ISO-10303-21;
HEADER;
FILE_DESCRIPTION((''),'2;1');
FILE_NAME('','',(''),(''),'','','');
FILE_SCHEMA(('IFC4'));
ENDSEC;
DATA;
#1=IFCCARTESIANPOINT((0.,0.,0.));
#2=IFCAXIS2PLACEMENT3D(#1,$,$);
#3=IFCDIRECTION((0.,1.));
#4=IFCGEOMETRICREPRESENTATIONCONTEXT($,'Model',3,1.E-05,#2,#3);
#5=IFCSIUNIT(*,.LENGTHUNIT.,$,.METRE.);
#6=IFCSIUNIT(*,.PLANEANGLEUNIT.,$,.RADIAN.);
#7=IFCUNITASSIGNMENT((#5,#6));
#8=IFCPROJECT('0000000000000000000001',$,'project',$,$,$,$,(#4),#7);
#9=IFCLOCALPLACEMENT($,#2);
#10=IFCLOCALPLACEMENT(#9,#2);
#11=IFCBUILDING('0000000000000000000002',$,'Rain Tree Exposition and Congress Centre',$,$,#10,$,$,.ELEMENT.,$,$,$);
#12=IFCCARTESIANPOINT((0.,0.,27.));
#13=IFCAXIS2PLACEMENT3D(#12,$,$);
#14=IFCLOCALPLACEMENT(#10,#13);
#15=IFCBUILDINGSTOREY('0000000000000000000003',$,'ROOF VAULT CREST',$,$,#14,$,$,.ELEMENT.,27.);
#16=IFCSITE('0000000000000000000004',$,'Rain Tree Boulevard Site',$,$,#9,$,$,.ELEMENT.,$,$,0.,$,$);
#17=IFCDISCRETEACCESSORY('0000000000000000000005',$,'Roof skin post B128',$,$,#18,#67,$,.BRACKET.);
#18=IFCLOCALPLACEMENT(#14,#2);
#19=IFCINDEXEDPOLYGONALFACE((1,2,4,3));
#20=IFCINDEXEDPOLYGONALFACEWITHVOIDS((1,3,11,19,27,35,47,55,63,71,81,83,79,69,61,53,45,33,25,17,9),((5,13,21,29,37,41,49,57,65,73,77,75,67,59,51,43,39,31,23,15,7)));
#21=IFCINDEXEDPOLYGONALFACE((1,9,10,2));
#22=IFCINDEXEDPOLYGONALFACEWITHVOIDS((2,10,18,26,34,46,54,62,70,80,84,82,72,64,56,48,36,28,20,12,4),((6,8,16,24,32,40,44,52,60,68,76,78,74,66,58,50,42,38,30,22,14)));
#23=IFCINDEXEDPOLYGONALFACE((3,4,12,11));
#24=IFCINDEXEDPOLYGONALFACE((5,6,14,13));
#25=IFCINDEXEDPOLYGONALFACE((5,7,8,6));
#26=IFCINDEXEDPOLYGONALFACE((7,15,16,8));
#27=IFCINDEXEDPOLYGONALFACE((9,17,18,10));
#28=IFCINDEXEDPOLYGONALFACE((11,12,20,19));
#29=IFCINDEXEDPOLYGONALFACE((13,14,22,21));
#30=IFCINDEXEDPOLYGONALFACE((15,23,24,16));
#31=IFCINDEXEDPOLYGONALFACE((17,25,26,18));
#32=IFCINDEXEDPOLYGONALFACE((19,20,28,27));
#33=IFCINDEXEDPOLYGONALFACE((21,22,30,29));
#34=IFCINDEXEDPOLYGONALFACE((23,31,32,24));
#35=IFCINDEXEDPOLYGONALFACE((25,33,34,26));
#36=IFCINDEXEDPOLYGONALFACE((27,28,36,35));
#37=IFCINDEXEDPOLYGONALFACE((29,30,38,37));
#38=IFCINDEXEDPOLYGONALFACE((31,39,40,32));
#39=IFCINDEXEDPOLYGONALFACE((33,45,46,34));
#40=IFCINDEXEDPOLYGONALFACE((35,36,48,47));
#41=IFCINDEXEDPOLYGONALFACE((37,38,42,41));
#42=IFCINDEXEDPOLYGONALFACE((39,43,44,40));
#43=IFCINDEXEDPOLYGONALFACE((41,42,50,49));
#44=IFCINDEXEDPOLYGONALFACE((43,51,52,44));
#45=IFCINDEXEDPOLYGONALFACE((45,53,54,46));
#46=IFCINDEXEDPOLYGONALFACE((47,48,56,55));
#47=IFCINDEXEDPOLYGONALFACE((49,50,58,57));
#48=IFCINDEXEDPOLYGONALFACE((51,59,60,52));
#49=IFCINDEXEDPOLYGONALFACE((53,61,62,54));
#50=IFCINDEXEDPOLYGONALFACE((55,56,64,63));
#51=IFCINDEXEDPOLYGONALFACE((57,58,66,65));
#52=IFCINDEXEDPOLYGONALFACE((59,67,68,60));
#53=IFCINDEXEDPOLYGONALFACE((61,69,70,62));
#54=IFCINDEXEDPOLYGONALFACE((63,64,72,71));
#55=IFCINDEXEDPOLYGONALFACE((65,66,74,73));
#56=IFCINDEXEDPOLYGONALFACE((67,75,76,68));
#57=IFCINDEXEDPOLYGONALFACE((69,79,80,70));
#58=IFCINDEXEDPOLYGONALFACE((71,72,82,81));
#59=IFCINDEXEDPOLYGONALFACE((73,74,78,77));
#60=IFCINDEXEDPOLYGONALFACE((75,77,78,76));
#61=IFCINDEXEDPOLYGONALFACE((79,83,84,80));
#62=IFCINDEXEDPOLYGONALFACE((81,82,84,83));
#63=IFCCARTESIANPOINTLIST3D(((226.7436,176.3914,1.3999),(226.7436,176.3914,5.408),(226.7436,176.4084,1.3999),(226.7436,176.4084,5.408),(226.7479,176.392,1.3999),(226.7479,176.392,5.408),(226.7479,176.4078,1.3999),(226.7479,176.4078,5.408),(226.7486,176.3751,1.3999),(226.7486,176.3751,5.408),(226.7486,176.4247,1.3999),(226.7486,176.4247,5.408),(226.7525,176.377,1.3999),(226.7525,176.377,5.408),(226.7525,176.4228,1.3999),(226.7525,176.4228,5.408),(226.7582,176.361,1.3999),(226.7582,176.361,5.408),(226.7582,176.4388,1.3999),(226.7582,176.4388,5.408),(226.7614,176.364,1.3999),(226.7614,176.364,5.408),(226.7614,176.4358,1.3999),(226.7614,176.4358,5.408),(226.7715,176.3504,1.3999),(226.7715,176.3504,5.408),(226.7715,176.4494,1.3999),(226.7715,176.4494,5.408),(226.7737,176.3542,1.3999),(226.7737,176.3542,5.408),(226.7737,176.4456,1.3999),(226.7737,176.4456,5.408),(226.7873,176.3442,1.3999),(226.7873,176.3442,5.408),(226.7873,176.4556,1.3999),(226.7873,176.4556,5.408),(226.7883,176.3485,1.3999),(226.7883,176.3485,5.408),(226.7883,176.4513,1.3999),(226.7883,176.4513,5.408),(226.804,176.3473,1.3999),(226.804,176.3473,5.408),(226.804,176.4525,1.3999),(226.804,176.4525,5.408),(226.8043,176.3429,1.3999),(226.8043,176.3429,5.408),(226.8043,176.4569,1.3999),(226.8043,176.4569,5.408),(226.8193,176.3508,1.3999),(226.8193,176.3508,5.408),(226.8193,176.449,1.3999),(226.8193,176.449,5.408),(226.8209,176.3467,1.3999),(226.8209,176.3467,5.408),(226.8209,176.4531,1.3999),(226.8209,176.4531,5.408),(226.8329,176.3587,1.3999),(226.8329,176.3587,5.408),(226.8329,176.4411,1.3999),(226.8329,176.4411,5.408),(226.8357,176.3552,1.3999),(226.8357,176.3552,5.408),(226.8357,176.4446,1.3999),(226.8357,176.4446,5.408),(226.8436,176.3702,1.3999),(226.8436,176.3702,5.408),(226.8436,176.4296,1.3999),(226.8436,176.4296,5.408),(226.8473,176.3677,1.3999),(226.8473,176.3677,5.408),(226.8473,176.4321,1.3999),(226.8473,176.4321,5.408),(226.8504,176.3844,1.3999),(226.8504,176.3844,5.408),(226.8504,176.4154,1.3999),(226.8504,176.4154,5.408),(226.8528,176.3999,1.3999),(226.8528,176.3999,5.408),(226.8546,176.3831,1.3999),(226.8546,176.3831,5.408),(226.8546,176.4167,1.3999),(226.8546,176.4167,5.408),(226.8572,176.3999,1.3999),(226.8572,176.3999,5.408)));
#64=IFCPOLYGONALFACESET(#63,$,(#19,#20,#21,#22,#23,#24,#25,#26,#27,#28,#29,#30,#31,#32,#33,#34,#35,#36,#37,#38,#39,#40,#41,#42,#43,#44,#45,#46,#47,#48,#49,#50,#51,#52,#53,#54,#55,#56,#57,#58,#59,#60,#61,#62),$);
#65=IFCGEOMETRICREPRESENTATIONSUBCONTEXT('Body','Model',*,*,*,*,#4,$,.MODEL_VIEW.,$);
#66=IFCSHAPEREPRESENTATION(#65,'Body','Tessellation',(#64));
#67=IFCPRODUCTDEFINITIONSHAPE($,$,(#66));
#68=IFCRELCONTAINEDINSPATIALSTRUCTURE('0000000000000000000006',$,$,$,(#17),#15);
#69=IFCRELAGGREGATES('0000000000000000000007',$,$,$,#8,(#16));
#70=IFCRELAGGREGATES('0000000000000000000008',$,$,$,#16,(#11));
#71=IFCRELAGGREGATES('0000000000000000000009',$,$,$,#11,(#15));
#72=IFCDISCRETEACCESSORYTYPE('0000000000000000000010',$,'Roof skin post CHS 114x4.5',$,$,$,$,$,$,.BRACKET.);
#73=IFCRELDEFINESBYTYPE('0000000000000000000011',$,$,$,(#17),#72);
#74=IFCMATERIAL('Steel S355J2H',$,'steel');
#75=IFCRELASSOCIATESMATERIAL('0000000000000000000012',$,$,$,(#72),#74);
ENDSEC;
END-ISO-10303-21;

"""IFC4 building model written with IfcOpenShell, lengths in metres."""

from ifc_helpers import new_model, si_unit, direction, frame, origin, origin_2d, place, context, subcontext, project, spatial, hollow_circle, extrude, material, material_profile, profile_set, type_object, element, save


model = new_model("IFC4")

# Units and contexts
model_context = context("Model", 3, precision=1e-05, world=origin(), true_north=direction((0.0, 1.0)))
body_context = subcontext(model_context, "Body", "Model", "MODEL_VIEW")
ifc_project = project(units=[si_unit("LENGTHUNIT", "METRE"), si_unit("PLANEANGLEUNIT", "RADIAN")], contexts=[model_context])

# Site, building, storey
site_placement = place(None, origin())
site = spatial("IfcSite", under=ifc_project, at=site_placement, Name="Rain Tree Boulevard Site", CompositionType="ELEMENT", RefElevation=0.0)
building_placement = place(site_placement, origin())
building = spatial("IfcBuilding", under=site, at=building_placement, Name="Rain Tree Exposition and Congress Centre", CompositionType="ELEMENT")
storey_placement = place(building_placement, frame((0.0, 0.0, 27.0)))
storey = spatial("IfcBuildingStorey", under=building, at=storey_placement, Name="ROOF VAULT CREST", CompositionType="ELEMENT", Elevation=27.0)

# Discrete accessory
ifc_material_1 = material(Name="Steel S355J2H", Category="steel")
ifc_material_profile_1 = material_profile(ifc_material_1, hollow_circle(Radius=0.0571, WallThickness=0.0044, at=origin_2d()), Name="CHS 114x4.5")
ifc_profile_set_1 = profile_set([ifc_material_profile_1], Name="Steel S355J2H")
discrete_accessory_type_1 = type_object("IfcDiscreteAccessoryType", Name="Roof skin post CHS 114x4.5", PredefinedType="BRACKET", material=ifc_profile_set_1)
discrete_accessory_1_placement = place(storey_placement, frame((226.8, 176.3999, 1.3999), z_axis=(0.0, 0.0, 1.0), x_axis=(1.0, 0.0, 0.0)))
element("IfcDiscreteAccessory", 1, at=discrete_accessory_1_placement, inside=storey, type_object=discrete_accessory_type_1, Name="Roof skin post B128", PredefinedType="BRACKET", context=body_context, shape_type="SweptSolid", body=[
    extrude(hollow_circle(Radius=0.0571, WallThickness=0.0044, at=origin_2d()), origin(), (0.0, 0.0, 1.0), 4.0081),
])

save(model, "model.ifc")
